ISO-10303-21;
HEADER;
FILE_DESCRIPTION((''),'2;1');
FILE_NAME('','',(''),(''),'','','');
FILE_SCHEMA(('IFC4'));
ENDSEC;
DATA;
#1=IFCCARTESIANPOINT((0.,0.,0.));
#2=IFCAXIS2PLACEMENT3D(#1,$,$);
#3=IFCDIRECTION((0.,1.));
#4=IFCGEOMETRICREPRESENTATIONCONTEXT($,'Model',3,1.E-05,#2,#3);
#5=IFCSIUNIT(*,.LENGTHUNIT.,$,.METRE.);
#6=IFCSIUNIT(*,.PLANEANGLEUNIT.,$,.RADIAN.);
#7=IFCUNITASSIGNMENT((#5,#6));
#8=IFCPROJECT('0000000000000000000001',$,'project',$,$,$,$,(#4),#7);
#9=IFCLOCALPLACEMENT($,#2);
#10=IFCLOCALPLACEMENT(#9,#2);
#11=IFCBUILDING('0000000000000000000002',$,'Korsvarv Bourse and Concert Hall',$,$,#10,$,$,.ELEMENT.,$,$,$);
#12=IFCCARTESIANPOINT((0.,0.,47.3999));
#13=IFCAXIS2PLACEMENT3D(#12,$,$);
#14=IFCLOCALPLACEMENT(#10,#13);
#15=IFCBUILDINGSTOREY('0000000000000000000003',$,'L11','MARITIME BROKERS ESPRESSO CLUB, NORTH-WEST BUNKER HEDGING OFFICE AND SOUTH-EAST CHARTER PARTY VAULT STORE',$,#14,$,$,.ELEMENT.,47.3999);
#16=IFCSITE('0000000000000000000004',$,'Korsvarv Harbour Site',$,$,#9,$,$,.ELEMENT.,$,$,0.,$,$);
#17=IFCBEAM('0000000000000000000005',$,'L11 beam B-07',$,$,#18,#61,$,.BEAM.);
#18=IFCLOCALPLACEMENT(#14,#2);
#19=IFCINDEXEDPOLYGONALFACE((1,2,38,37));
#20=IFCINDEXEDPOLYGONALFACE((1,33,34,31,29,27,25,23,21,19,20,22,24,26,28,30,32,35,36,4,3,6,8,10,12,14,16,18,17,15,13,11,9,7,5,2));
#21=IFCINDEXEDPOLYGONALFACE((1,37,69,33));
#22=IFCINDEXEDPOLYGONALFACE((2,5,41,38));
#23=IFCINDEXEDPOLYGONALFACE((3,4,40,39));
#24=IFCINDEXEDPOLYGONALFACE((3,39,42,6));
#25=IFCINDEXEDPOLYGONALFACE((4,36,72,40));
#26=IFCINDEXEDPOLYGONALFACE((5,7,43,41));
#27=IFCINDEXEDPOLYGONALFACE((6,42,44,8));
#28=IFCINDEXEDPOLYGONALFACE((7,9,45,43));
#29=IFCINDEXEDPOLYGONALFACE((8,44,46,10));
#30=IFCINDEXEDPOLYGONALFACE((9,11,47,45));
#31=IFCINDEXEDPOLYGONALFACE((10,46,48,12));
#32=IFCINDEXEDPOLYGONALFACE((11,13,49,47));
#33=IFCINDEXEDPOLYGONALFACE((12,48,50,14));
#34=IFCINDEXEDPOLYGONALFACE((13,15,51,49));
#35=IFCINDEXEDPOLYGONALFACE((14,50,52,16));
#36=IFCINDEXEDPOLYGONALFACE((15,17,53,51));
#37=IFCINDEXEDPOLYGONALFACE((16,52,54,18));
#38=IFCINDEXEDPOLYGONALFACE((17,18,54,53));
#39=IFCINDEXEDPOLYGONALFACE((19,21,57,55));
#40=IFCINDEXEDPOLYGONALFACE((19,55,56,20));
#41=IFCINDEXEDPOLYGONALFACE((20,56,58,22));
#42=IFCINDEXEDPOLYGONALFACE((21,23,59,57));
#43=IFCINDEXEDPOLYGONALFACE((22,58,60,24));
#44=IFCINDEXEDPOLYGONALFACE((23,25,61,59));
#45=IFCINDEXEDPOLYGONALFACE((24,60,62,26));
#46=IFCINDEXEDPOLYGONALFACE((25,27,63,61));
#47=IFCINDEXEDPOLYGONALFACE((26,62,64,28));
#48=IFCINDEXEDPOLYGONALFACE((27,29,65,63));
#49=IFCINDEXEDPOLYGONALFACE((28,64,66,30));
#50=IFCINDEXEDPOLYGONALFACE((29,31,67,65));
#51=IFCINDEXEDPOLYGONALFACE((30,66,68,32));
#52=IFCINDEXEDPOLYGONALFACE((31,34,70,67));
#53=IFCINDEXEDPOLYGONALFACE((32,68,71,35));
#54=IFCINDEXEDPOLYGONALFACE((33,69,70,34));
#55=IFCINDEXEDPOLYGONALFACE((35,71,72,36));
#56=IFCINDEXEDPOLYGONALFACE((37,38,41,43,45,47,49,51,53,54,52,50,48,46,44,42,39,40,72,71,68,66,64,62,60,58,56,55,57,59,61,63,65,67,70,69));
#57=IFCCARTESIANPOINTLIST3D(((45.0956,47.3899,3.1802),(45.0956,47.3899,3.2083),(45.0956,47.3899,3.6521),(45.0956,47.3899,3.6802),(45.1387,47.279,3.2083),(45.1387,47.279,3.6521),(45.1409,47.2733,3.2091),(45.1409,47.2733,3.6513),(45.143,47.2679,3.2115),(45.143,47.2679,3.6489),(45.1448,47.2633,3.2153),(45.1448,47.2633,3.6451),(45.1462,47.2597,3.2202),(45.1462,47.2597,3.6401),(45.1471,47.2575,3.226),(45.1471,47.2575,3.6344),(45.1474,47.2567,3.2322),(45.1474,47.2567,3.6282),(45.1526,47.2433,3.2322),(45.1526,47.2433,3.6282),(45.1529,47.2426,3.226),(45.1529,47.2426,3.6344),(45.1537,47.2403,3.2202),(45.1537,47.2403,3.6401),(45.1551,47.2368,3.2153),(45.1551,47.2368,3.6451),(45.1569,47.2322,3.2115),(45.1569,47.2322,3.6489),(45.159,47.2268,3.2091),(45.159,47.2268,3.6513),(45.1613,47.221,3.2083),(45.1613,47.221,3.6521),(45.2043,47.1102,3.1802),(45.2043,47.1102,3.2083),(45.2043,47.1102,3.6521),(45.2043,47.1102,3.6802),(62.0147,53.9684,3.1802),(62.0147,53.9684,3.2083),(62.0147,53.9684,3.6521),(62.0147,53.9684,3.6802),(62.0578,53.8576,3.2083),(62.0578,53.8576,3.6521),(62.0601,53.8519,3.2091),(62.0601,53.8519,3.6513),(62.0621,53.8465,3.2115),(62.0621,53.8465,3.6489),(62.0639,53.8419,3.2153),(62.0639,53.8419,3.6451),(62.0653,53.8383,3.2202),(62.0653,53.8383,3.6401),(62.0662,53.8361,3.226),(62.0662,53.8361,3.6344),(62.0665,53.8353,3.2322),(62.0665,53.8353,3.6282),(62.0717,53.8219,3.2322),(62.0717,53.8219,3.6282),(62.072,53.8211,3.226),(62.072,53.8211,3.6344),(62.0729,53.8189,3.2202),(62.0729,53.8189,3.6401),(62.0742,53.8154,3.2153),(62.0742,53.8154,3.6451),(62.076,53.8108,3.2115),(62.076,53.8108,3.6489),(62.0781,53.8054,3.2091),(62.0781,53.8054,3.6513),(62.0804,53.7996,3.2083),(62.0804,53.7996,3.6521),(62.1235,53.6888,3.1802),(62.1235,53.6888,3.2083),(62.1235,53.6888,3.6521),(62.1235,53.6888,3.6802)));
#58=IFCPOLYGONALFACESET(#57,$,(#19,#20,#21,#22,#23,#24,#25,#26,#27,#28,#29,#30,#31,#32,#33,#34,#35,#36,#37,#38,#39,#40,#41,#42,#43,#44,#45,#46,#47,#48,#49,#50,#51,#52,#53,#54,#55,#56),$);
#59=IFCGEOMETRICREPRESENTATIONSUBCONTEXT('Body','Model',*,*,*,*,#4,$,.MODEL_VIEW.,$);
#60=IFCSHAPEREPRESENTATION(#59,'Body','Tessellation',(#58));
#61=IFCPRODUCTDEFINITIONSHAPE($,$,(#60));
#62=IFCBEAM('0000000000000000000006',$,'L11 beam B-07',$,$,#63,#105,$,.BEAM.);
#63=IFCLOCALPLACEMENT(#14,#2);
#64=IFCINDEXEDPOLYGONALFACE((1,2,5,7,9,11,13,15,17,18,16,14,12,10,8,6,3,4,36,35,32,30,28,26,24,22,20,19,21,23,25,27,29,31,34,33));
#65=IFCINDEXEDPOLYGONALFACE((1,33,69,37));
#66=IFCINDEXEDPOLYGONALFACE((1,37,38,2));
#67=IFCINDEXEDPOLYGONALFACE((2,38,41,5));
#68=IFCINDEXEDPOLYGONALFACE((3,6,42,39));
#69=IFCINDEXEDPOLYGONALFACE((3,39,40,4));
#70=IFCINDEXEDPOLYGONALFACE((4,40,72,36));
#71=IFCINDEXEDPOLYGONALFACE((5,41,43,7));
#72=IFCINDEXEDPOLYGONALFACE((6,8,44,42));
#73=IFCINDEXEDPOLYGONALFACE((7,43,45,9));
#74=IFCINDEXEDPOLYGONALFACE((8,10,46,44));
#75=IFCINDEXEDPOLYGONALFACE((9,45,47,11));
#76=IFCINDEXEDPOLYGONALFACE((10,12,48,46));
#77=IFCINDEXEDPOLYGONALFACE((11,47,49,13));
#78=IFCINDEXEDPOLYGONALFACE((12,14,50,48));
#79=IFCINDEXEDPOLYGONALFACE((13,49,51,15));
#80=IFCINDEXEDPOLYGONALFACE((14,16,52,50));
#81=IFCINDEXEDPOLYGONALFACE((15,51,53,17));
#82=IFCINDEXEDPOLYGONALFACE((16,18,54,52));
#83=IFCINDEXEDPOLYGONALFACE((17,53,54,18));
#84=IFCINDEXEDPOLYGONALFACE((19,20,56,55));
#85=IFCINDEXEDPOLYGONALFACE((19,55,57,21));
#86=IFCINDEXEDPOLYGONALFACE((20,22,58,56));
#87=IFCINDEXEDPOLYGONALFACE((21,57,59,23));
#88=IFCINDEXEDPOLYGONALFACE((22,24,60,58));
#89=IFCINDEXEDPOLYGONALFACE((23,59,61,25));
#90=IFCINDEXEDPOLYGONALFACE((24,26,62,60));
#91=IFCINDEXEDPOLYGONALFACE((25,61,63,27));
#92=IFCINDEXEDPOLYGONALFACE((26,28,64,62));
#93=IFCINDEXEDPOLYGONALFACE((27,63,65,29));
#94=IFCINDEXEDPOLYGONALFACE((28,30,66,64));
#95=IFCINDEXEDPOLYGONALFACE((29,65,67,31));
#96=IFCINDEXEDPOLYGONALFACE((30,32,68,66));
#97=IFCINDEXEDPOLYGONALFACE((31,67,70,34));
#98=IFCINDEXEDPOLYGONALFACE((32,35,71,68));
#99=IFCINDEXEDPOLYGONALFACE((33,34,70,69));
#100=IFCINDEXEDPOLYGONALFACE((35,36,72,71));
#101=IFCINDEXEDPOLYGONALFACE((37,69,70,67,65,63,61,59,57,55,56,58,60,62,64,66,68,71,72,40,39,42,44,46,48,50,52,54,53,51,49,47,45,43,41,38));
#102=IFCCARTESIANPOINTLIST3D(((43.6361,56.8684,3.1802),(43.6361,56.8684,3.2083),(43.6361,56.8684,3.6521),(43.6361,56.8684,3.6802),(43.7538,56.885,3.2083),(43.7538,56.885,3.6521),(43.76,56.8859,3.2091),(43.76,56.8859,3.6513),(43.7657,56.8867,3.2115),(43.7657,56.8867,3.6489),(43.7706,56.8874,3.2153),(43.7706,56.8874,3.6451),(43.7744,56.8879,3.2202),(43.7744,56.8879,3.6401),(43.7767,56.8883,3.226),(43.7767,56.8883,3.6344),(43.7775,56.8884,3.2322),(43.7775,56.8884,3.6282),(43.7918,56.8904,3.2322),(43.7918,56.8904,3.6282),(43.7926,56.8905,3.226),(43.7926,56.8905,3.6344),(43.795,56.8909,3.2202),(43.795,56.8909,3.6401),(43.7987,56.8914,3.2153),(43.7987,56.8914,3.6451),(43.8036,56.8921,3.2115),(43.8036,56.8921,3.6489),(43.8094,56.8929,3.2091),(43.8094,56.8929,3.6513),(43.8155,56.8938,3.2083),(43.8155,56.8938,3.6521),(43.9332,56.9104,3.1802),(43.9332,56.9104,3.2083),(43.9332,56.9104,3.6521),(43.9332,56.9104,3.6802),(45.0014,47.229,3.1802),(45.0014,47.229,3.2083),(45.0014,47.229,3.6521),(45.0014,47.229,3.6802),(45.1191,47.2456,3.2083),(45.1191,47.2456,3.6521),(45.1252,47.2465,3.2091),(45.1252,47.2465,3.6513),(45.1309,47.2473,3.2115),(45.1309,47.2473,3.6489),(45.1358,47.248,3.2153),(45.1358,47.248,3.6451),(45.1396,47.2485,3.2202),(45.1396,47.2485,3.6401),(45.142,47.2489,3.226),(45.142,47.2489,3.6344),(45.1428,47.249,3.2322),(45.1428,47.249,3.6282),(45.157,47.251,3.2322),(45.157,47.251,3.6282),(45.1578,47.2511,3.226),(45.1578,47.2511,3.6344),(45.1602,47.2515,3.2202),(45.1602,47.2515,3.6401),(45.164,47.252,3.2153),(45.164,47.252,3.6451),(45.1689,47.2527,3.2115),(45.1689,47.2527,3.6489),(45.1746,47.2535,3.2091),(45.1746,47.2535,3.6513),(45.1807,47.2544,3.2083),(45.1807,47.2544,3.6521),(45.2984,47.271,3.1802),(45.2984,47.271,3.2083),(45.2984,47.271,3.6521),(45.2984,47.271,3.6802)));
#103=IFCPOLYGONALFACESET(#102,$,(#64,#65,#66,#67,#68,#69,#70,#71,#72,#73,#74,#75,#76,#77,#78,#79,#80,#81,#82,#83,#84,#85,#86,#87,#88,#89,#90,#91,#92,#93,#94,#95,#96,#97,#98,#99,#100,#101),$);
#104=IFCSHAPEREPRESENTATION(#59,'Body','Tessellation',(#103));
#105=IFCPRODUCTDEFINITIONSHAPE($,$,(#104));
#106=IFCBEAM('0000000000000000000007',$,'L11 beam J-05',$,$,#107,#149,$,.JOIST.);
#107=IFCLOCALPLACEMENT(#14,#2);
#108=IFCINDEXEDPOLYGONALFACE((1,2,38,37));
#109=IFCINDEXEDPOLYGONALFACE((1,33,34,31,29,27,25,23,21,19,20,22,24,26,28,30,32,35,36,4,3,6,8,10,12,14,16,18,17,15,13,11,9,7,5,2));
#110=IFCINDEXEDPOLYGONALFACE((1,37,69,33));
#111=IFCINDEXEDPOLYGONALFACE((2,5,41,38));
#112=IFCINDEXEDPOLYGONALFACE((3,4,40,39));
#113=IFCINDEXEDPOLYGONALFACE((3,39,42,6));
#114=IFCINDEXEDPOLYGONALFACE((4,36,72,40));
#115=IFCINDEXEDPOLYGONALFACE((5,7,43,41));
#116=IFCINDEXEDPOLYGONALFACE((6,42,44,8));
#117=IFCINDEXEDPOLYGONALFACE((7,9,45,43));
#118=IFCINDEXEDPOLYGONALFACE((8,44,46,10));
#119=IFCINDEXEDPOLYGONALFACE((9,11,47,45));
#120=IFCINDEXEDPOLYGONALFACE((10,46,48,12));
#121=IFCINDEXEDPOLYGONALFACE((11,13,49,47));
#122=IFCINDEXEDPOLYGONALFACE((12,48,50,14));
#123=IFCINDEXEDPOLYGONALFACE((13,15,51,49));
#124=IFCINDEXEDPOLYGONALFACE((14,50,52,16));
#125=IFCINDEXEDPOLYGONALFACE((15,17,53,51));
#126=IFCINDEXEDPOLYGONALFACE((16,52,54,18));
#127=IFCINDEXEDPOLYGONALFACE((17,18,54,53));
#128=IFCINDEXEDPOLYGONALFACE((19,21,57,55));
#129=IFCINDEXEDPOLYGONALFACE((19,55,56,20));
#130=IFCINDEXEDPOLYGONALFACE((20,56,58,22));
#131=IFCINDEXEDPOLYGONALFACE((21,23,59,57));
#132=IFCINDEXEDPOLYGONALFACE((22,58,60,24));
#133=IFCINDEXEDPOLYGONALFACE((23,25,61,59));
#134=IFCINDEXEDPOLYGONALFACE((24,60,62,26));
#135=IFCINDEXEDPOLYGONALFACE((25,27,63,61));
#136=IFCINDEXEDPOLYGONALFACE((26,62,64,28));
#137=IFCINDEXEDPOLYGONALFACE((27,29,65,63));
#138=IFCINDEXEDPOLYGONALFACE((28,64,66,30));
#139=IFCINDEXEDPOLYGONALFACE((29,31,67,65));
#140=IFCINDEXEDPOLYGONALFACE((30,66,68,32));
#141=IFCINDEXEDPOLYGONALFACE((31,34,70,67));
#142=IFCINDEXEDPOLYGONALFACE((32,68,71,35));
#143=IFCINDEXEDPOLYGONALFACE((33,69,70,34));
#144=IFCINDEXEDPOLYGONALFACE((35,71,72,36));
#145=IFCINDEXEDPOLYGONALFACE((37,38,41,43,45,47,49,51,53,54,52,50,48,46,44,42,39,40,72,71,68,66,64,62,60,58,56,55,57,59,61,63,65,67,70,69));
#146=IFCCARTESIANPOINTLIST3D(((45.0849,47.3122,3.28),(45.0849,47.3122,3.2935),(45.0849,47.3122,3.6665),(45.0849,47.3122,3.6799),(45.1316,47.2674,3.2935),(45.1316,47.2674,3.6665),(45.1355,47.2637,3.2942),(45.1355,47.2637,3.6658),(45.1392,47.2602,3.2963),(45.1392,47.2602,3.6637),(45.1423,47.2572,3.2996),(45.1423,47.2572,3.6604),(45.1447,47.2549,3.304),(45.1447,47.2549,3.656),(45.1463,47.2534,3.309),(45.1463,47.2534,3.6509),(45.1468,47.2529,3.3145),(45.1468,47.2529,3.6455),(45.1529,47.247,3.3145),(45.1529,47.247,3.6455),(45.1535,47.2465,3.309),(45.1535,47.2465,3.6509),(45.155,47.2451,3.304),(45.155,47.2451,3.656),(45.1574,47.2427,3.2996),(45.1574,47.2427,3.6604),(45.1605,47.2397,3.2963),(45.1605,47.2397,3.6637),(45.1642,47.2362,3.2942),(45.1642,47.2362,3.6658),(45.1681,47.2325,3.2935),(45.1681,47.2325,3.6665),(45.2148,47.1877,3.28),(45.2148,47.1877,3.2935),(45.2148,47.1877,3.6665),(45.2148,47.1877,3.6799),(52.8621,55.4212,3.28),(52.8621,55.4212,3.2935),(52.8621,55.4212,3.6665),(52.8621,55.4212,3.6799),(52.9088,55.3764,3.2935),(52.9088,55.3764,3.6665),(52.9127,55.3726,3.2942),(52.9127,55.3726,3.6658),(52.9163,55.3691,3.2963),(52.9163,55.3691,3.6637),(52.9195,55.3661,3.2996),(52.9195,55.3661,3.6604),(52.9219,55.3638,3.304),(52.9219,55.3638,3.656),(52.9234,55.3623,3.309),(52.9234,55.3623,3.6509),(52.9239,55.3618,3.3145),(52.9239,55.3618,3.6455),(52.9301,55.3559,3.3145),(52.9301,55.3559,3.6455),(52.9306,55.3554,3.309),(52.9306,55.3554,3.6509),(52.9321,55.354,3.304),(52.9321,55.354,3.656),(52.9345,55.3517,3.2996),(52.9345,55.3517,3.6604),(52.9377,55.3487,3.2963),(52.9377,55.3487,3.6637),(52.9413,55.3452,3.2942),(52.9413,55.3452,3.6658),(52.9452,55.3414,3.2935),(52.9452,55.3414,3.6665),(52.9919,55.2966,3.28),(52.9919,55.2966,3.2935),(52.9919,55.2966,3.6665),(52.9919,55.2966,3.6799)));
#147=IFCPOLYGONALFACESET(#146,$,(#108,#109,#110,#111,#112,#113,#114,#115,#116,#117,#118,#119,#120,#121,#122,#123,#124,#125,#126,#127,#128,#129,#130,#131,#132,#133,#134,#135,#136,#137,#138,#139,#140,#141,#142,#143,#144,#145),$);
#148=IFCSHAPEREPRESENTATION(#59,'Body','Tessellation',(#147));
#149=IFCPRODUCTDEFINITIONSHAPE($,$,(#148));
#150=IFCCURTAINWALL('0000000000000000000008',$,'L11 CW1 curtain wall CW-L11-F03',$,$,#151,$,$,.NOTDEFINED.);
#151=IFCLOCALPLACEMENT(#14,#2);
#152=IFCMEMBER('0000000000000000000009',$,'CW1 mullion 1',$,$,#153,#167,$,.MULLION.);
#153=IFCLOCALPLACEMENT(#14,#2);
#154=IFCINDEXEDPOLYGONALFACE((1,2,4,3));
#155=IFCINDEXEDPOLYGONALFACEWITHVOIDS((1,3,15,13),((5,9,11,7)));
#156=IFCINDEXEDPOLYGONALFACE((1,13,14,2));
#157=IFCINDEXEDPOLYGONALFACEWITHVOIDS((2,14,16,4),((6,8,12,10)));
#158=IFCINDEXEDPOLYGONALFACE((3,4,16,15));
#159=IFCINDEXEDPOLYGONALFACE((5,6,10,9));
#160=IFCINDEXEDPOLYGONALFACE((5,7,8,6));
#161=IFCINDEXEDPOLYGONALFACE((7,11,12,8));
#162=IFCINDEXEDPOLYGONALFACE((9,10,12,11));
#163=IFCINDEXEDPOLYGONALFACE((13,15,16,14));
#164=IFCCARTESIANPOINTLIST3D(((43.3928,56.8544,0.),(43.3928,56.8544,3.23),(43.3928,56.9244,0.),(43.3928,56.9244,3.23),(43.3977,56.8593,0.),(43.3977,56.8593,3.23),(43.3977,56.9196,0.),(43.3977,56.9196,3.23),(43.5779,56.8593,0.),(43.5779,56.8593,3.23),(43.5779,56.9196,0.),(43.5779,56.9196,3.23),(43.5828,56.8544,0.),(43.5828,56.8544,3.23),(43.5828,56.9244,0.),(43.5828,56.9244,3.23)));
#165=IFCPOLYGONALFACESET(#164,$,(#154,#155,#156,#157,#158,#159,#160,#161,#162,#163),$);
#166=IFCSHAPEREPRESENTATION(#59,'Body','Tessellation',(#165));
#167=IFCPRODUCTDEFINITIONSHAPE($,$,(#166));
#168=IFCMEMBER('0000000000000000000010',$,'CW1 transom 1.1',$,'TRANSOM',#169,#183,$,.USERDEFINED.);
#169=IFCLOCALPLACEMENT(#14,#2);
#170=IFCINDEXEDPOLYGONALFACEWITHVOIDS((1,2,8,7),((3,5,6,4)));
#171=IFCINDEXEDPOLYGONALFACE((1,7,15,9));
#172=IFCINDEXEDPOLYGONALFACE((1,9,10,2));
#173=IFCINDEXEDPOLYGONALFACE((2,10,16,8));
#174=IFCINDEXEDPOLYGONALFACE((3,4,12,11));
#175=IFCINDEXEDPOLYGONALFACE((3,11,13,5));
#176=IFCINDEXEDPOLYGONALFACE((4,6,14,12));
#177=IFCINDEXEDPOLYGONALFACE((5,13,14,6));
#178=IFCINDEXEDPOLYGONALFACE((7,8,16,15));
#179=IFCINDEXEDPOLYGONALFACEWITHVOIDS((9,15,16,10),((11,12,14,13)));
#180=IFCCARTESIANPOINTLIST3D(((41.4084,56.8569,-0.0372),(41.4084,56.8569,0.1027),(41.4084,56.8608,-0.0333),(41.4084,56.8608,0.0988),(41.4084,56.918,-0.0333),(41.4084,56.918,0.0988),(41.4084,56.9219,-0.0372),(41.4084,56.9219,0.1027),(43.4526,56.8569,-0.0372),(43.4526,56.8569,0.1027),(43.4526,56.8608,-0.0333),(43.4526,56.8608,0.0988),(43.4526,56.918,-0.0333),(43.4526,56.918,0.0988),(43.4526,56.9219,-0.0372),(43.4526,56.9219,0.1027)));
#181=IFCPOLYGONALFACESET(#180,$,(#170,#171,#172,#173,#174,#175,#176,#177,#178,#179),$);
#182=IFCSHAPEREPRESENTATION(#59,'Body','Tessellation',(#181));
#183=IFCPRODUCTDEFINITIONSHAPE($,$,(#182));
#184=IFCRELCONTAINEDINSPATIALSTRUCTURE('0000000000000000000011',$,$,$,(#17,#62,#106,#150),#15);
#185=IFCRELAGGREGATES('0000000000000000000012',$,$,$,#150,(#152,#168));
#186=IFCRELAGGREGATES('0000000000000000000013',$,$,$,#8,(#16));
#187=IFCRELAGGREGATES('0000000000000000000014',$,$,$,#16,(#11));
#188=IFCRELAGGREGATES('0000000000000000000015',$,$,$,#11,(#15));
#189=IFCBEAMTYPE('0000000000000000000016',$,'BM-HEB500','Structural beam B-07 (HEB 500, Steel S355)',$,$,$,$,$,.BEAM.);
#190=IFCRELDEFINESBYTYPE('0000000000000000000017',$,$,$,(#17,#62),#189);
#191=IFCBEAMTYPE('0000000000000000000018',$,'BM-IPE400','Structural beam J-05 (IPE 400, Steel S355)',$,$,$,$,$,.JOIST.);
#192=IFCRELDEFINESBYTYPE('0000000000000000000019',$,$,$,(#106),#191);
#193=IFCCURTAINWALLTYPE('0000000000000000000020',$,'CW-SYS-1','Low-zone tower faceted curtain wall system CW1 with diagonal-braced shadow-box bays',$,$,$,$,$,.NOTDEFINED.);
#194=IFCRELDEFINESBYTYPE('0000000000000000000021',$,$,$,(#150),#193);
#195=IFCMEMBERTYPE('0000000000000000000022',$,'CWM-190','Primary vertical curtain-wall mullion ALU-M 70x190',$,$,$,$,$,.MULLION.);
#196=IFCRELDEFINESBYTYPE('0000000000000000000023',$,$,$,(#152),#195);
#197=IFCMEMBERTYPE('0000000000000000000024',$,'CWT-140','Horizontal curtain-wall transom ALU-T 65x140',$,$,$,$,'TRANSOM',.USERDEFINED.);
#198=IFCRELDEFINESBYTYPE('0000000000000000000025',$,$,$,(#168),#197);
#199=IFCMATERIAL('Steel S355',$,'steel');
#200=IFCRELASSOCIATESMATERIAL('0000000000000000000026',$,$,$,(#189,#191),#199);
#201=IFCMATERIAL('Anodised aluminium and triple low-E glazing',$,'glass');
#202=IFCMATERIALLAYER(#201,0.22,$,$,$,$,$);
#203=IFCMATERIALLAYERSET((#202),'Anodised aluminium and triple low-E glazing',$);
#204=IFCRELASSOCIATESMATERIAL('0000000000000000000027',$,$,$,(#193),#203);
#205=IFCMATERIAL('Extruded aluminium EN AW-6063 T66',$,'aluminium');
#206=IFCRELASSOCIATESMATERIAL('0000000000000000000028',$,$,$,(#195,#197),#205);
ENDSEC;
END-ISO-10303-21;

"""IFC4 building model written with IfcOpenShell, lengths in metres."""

from ifc_helpers import new_model, si_unit, direction, frame, origin, origin_2d, place, context, subcontext, project, spatial, hollow_rectangle, i_section, extrude, source, transform, mapped, material, layer, layer_set, material_profile, profile_set, type_object, element, aggregate, save


model = new_model("IFC4")

# Units and contexts
model_context = context("Model", 3, precision=1e-05, world=origin(), true_north=direction((0.0, 1.0)))
body_context = subcontext(model_context, "Body", "Model", "MODEL_VIEW")
ifc_project = project(units=[si_unit("LENGTHUNIT", "METRE"), si_unit("PLANEANGLEUNIT", "RADIAN")], contexts=[model_context])

# Site, building, storey
site_placement = place(None, origin())
site = spatial("IfcSite", under=ifc_project, at=site_placement, Name="Korsvarv Harbour Site", CompositionType="ELEMENT", RefElevation=0.0)
building_placement = place(site_placement, origin())
building = spatial("IfcBuilding", under=site, at=building_placement, Name="Korsvarv Bourse and Concert Hall", CompositionType="ELEMENT")
storey_placement = place(building_placement, frame((0.0, 0.0, 47.3999)))
storey = spatial("IfcBuildingStorey", under=building, at=storey_placement, Name="L11", Description="MARITIME BROKERS ESPRESSO CLUB, NORTH-WEST BUNKER HEDGING OFFICE AND SOUTH-EAST CHARTER PARTY VAULT STORE", CompositionType="ELEMENT", Elevation=47.3999)

# Beams
ifc_material_1 = material(Name="Steel S355", Category="steel")
ifc_material_profile_1 = material_profile(ifc_material_1, i_section(OverallWidth=0.3, OverallDepth=0.5, WebThickness=0.0144, FlangeThickness=0.0281, FilletRadius=0.0239, at=origin_2d()), Name="HEB 500")
ifc_profile_set_1 = profile_set([ifc_material_profile_1], Name="Steel S355")
beam_type_1 = type_object("IfcBeamType", Name="BM-HEB500", Description="Structural beam B-07 (HEB 500, Steel S355)", PredefinedType="BEAM", material=ifc_profile_set_1)
shared_shape_1 = source(origin(), body_context, "Body", "SweptSolid", [
    extrude(i_section(OverallWidth=0.3, OverallDepth=0.5, WebThickness=0.0144, FlangeThickness=0.0281, FilletRadius=0.0239, at=origin_2d()), origin(), (0.0, 0.0, 1.0), 18.1531),
])
beam_1_placement = place(storey_placement, frame((62.0691, 53.8286, 3.4302), z_axis=(-0.932025, -0.362395, 0.0), x_axis=(0.362395, -0.932025, 0.0)))
element("IfcBeam", 1, at=beam_1_placement, inside=storey, type_object=beam_type_1, Name="L11 beam B-07", PredefinedType="BEAM", context=body_context, shape_type="MappedRepresentation", body=[
    mapped(shared_shape_1, transform((0.0, 0.0, 0.0), scale=1.0)),
])
shared_shape_2 = source(origin(), body_context, "Body", "SweptSolid", [
    extrude(i_section(OverallWidth=0.3, OverallDepth=0.5, WebThickness=0.0144, FlangeThickness=0.0281, FilletRadius=0.0239, at=origin_2d()), origin(), (0.0, 0.0, 1.0), 9.7356),
])
beam_2_placement = place(storey_placement, frame((43.7847, 56.8894, 3.4302), z_axis=(0.140231, -0.990119, 0.0), x_axis=(0.990119, 0.140231, 0.0)))
element("IfcBeam", 2, at=beam_2_placement, inside=storey, type_object=beam_type_1, Name="L11 beam B-07", PredefinedType="BEAM", context=body_context, shape_type="MappedRepresentation", body=[
    mapped(shared_shape_2, transform((0.0, 0.0, 0.0), scale=1.0)),
])
ifc_material_profile_2 = material_profile(ifc_material_1, i_section(OverallWidth=0.1799, OverallDepth=0.3999, WebThickness=0.0085, FlangeThickness=0.0134, FilletRadius=0.021, at=origin_2d()), Name="IPE 400")
ifc_profile_set_2 = profile_set([ifc_material_profile_2], Name="Steel S355")
beam_type_2 = type_object("IfcBeamType", Name="BM-IPE400", Description="Structural beam J-05 (IPE 400, Steel S355)", PredefinedType="JOIST", material=ifc_profile_set_2)
shared_shape_3 = source(origin(), body_context, "Body", "SweptSolid", [
    extrude(i_section(OverallWidth=0.1799, OverallDepth=0.3999, WebThickness=0.0085, FlangeThickness=0.0134, FilletRadius=0.021, at=origin_2d()), origin(), (0.0, 0.0, 1.0), 11.2356),
])
beam_3_placement = place(storey_placement, frame((52.927, 55.3589, 3.48), z_axis=(-0.692188, -0.721718, 0.0), x_axis=(0.721718, -0.692188, 0.0)))
element("IfcBeam", 3, at=beam_3_placement, inside=storey, type_object=beam_type_2, Name="L11 beam J-05", PredefinedType="JOIST", context=body_context, shape_type="MappedRepresentation", body=[
    mapped(shared_shape_3, transform((0.0, 0.0, 0.0), scale=1.0)),
])

# Curtain wall, members
ifc_material_2 = material(Name="Anodised aluminium and triple low-E glazing", Category="glass")
ifc_layer_1 = layer(ifc_material_2, 0.22)
ifc_layer_set_1 = layer_set([ifc_layer_1], Name="Anodised aluminium and triple low-E glazing")
curtain_wall_type = type_object("IfcCurtainWallType", Name="CW-SYS-1", Description="Low-zone tower faceted curtain wall system CW1 with diagonal-braced shadow-box bays", PredefinedType="NOTDEFINED", material=ifc_layer_set_1)
curtain_wall_placement = place(storey_placement, origin())
curtain_wall = element("IfcCurtainWall", 4, at=curtain_wall_placement, inside=storey, type_object=curtain_wall_type, Name="L11 CW1 curtain wall CW-L11-F03", PredefinedType="NOTDEFINED")
ifc_material_3 = material(Name="Extruded aluminium EN AW-6063 T66", Category="aluminium")
ifc_material_profile_3 = material_profile(ifc_material_3, hollow_rectangle(XDim=0.0701, YDim=0.1899, WallThickness=0.0049, at=origin_2d()), Name="ALU-M 70x190")
ifc_profile_set_3 = profile_set([ifc_material_profile_3], Name="Extruded aluminium EN AW-6063 T66")
member_type_1 = type_object("IfcMemberType", Name="CWM-190", Description="Primary vertical curtain-wall mullion ALU-M 70x190", PredefinedType="MULLION", material=ifc_profile_set_3)
shared_shape_4 = source(origin(), body_context, "Body", "SweptSolid", [
    extrude(hollow_rectangle(XDim=0.0701, YDim=0.1899, WallThickness=0.0049, at=origin_2d()), origin(), (0.0, 0.0, 1.0), 3.23),
])
member_1_placement = place(storey_placement, frame((43.4878, 56.8894, 0.0), z_axis=(0.0, 0.0, 1.0), x_axis=(0.0, -1.0, 0.0)))
member_1 = element("IfcMember", 5, at=member_1_placement, type_object=member_type_1, Name="CW1 mullion 1", PredefinedType="MULLION", context=body_context, shape_type="MappedRepresentation", body=[
    mapped(shared_shape_4, transform((0.0, 0.0, 0.0), scale=1.0)),
])
ifc_material_profile_4 = material_profile(ifc_material_3, hollow_rectangle(XDim=0.0649, YDim=0.1399, WallThickness=0.0039, at=origin_2d()), Name="ALU-T 65x140")
ifc_profile_set_4 = profile_set([ifc_material_profile_4], Name="Extruded aluminium EN AW-6063 T66")
member_type_2 = type_object("IfcMemberType", Name="CWT-140", Description="Horizontal curtain-wall transom ALU-T 65x140", ElementType="TRANSOM", PredefinedType="USERDEFINED", material=ifc_profile_set_4)
shared_shape_5 = source(origin(), body_context, "Body", "SweptSolid", [
    extrude(hollow_rectangle(XDim=0.0649, YDim=0.1399, WallThickness=0.0039, at=origin_2d()), origin(), (0.0, 0.0, 1.0), 2.0442),
])
member_2_placement = place(storey_placement, frame((43.4526, 56.8894, 0.0327), z_axis=(-1.0, 0.0, 0.0), x_axis=(0.0, -1.0, 0.0)))
member_2 = element("IfcMember", 6, at=member_2_placement, type_object=member_type_2, Name="CW1 transom 1.1", ObjectType="TRANSOM", PredefinedType="USERDEFINED", context=body_context, shape_type="MappedRepresentation", body=[
    mapped(shared_shape_5, transform((0.0, 0.0, 0.0), scale=1.0)),
])
aggregate(curtain_wall, [member_1, member_2])

save(model, "model.ifc")
